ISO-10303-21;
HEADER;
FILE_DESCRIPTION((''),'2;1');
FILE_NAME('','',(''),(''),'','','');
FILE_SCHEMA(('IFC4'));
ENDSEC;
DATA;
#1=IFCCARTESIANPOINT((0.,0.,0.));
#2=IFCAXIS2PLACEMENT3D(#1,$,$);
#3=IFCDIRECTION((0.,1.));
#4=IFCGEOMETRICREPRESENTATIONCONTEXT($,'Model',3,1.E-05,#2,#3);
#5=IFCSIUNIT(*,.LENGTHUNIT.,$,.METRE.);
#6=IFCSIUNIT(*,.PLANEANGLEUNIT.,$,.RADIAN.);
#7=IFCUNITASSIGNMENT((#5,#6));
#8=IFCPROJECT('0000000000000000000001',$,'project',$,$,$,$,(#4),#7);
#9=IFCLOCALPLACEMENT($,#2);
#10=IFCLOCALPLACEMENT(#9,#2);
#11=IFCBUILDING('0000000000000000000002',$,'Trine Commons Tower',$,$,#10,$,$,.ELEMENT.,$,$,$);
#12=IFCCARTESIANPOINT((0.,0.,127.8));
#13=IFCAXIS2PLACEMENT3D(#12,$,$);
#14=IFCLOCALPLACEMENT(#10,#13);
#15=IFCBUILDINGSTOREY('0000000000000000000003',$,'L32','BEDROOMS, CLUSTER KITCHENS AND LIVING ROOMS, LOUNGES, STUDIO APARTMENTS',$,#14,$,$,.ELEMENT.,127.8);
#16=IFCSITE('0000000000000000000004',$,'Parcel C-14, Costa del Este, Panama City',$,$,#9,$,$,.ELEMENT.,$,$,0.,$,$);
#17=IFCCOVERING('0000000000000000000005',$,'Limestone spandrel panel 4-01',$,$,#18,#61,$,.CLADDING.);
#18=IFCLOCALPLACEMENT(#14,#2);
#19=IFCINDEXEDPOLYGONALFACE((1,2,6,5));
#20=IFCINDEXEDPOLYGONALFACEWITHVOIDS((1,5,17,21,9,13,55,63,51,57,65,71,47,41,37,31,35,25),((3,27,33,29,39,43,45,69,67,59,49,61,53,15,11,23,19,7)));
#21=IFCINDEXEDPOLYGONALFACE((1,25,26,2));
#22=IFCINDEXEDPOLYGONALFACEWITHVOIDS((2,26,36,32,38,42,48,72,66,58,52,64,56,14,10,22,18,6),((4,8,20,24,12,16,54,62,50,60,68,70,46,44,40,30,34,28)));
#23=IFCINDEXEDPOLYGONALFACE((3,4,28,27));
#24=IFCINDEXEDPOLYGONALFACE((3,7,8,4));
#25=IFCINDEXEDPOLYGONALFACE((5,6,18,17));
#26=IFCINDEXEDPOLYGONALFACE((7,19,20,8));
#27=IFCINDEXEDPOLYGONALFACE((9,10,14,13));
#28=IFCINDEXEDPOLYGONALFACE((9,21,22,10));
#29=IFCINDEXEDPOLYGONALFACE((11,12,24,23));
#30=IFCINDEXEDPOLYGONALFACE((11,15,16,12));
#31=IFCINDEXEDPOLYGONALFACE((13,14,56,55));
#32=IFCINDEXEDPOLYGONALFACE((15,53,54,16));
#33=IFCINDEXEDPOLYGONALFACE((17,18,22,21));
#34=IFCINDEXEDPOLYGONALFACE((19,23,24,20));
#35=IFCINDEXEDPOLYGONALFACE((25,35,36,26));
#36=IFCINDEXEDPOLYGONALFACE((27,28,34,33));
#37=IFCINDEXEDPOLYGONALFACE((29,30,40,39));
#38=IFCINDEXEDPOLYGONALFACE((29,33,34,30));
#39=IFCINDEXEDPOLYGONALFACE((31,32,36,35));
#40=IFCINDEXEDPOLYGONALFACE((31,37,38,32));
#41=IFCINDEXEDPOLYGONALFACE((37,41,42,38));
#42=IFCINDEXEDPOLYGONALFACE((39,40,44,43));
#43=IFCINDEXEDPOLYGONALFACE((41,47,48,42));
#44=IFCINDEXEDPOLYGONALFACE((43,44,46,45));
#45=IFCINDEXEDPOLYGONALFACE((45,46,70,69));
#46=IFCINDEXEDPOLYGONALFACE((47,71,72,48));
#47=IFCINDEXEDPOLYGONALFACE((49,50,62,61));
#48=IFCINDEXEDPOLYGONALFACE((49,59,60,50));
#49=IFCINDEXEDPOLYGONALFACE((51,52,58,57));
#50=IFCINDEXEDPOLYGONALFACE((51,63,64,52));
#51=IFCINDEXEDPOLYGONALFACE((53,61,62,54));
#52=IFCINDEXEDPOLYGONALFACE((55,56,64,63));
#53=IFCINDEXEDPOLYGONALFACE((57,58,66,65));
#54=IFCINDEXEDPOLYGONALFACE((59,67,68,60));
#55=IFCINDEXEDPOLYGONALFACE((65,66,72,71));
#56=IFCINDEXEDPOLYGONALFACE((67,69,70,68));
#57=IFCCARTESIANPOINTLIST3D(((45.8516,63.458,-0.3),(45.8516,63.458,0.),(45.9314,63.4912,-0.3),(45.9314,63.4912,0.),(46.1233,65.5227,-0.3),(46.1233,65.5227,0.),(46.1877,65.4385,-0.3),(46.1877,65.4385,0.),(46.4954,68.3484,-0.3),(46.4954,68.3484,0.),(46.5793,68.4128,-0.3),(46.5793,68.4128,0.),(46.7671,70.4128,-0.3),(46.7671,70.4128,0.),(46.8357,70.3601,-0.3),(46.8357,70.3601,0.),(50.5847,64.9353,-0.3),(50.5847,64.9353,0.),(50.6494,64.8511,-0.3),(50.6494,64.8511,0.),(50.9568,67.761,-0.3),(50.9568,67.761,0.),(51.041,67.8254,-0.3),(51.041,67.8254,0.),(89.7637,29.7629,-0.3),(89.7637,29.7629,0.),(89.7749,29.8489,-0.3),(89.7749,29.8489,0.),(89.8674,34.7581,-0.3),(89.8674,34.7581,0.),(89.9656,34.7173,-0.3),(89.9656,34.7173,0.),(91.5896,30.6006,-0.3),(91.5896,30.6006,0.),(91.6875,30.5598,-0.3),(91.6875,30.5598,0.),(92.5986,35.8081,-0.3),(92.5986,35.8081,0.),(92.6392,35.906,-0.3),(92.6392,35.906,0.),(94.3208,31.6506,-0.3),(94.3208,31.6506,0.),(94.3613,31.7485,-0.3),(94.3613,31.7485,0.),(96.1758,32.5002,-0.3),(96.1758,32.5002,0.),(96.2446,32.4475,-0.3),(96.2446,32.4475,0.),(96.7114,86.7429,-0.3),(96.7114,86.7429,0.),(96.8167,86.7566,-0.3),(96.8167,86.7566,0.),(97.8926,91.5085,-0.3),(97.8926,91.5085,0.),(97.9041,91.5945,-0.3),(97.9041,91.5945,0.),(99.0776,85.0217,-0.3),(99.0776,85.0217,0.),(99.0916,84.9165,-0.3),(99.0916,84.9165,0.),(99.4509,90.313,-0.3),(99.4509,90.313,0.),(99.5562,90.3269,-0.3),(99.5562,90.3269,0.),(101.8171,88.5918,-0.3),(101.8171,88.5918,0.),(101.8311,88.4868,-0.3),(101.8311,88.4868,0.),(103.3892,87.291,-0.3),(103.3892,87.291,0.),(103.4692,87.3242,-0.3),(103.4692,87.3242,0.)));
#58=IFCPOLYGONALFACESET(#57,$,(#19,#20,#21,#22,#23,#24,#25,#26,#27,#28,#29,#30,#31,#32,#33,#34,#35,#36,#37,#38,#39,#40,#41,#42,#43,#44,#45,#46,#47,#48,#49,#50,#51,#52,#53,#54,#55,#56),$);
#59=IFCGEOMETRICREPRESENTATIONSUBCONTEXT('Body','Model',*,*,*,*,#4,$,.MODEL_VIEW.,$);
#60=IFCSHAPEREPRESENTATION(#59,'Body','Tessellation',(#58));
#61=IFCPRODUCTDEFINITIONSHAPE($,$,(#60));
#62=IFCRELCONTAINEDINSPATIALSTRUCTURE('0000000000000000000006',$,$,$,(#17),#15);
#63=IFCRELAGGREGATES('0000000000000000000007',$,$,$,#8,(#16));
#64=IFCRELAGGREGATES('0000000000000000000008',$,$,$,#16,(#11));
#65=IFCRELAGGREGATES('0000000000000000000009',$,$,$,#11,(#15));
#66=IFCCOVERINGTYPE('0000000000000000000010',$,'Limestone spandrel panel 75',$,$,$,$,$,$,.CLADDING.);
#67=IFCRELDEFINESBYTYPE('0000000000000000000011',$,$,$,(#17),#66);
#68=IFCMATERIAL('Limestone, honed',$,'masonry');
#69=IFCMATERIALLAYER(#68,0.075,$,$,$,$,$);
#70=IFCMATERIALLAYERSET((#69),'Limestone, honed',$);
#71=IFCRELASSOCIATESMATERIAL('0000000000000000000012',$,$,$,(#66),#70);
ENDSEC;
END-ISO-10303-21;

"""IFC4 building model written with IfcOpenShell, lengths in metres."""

from ifc_helpers import new_model, si_unit, direction, frame, origin, place, context, subcontext, project, spatial, polyline, outline, extrude, material, layer, layer_set, type_object, element, save


model = new_model("IFC4")

# Units and contexts
model_context = context("Model", 3, precision=1e-05, world=origin(), true_north=direction((0.0, 1.0)))
body_context = subcontext(model_context, "Body", "Model", "MODEL_VIEW")
ifc_project = project(units=[si_unit("LENGTHUNIT", "METRE"), si_unit("PLANEANGLEUNIT", "RADIAN")], contexts=[model_context])

# Site, building, storey
site_placement = place(None, origin())
site = spatial("IfcSite", under=ifc_project, at=site_placement, Name="Parcel C-14, Costa del Este, Panama City", CompositionType="ELEMENT", RefElevation=0.0)
building_placement = place(site_placement, origin())
building = spatial("IfcBuilding", under=site, at=building_placement, Name="Trine Commons Tower", CompositionType="ELEMENT")
storey_placement = place(building_placement, frame((0.0, 0.0, 127.8)))
storey = spatial("IfcBuildingStorey", under=building, at=storey_placement, Name="L32", Description="BEDROOMS, CLUSTER KITCHENS AND LIVING ROOMS, LOUNGES, STUDIO APARTMENTS", CompositionType="ELEMENT", Elevation=127.8)

# Covering
ifc_material_1 = material(Name="Limestone, honed", Category="masonry")
ifc_layer_1 = layer(ifc_material_1, 0.075)
ifc_layer_set_1 = layer_set([ifc_layer_1], Name="Limestone, honed")
covering_type_1 = type_object("IfcCoveringType", Name="Limestone spandrel panel 75", PredefinedType="CLADDING", material=ifc_layer_set_1)
covering_1_placement = place(storey_placement, frame((0.0, 0.0, -0.3)))
element("IfcCovering", 1, at=covering_1_placement, inside=storey, type_object=covering_type_1, Name="Limestone spandrel panel 4-01", PredefinedType="CLADDING", context=body_context, shape_type="SweptSolid", body=[
    extrude(outline(polyline([(92.5986, 35.8081), (94.3208, 31.6506), (96.2446, 32.4475), (103.4692, 87.3242), (101.8171, 88.5918), (99.0776, 85.0217), (96.8167, 86.7566), (99.5562, 90.3269), (97.9041, 91.5945), (46.7671, 70.4128), (46.4954, 68.3484), (50.9568, 67.761), (50.5847, 64.9353), (46.1233, 65.5227), (45.8516, 63.458), (89.7637, 29.7629), (91.6875, 30.5598), (89.9656, 34.7173), (92.5986, 35.8081)]), holes=[polyline([(101.8311, 88.4868), (103.3892, 87.291), (96.1758, 32.5002), (94.3613, 31.7485), (92.6392, 35.906), (89.8674, 34.7581), (91.5896, 30.6006), (89.7749, 29.8489), (45.9314, 63.4912), (46.1877, 65.4385), (50.6494, 64.8511), (51.041, 67.8254), (46.5793, 68.4128), (46.8357, 70.3601), (97.8926, 91.5085), (99.4509, 90.313), (96.7114, 86.7429), (99.0916, 84.9165), (101.8311, 88.4868)])]), origin(), (0.0, 0.0, 1.0), 0.3),
])

save(model, "model.ifc")
